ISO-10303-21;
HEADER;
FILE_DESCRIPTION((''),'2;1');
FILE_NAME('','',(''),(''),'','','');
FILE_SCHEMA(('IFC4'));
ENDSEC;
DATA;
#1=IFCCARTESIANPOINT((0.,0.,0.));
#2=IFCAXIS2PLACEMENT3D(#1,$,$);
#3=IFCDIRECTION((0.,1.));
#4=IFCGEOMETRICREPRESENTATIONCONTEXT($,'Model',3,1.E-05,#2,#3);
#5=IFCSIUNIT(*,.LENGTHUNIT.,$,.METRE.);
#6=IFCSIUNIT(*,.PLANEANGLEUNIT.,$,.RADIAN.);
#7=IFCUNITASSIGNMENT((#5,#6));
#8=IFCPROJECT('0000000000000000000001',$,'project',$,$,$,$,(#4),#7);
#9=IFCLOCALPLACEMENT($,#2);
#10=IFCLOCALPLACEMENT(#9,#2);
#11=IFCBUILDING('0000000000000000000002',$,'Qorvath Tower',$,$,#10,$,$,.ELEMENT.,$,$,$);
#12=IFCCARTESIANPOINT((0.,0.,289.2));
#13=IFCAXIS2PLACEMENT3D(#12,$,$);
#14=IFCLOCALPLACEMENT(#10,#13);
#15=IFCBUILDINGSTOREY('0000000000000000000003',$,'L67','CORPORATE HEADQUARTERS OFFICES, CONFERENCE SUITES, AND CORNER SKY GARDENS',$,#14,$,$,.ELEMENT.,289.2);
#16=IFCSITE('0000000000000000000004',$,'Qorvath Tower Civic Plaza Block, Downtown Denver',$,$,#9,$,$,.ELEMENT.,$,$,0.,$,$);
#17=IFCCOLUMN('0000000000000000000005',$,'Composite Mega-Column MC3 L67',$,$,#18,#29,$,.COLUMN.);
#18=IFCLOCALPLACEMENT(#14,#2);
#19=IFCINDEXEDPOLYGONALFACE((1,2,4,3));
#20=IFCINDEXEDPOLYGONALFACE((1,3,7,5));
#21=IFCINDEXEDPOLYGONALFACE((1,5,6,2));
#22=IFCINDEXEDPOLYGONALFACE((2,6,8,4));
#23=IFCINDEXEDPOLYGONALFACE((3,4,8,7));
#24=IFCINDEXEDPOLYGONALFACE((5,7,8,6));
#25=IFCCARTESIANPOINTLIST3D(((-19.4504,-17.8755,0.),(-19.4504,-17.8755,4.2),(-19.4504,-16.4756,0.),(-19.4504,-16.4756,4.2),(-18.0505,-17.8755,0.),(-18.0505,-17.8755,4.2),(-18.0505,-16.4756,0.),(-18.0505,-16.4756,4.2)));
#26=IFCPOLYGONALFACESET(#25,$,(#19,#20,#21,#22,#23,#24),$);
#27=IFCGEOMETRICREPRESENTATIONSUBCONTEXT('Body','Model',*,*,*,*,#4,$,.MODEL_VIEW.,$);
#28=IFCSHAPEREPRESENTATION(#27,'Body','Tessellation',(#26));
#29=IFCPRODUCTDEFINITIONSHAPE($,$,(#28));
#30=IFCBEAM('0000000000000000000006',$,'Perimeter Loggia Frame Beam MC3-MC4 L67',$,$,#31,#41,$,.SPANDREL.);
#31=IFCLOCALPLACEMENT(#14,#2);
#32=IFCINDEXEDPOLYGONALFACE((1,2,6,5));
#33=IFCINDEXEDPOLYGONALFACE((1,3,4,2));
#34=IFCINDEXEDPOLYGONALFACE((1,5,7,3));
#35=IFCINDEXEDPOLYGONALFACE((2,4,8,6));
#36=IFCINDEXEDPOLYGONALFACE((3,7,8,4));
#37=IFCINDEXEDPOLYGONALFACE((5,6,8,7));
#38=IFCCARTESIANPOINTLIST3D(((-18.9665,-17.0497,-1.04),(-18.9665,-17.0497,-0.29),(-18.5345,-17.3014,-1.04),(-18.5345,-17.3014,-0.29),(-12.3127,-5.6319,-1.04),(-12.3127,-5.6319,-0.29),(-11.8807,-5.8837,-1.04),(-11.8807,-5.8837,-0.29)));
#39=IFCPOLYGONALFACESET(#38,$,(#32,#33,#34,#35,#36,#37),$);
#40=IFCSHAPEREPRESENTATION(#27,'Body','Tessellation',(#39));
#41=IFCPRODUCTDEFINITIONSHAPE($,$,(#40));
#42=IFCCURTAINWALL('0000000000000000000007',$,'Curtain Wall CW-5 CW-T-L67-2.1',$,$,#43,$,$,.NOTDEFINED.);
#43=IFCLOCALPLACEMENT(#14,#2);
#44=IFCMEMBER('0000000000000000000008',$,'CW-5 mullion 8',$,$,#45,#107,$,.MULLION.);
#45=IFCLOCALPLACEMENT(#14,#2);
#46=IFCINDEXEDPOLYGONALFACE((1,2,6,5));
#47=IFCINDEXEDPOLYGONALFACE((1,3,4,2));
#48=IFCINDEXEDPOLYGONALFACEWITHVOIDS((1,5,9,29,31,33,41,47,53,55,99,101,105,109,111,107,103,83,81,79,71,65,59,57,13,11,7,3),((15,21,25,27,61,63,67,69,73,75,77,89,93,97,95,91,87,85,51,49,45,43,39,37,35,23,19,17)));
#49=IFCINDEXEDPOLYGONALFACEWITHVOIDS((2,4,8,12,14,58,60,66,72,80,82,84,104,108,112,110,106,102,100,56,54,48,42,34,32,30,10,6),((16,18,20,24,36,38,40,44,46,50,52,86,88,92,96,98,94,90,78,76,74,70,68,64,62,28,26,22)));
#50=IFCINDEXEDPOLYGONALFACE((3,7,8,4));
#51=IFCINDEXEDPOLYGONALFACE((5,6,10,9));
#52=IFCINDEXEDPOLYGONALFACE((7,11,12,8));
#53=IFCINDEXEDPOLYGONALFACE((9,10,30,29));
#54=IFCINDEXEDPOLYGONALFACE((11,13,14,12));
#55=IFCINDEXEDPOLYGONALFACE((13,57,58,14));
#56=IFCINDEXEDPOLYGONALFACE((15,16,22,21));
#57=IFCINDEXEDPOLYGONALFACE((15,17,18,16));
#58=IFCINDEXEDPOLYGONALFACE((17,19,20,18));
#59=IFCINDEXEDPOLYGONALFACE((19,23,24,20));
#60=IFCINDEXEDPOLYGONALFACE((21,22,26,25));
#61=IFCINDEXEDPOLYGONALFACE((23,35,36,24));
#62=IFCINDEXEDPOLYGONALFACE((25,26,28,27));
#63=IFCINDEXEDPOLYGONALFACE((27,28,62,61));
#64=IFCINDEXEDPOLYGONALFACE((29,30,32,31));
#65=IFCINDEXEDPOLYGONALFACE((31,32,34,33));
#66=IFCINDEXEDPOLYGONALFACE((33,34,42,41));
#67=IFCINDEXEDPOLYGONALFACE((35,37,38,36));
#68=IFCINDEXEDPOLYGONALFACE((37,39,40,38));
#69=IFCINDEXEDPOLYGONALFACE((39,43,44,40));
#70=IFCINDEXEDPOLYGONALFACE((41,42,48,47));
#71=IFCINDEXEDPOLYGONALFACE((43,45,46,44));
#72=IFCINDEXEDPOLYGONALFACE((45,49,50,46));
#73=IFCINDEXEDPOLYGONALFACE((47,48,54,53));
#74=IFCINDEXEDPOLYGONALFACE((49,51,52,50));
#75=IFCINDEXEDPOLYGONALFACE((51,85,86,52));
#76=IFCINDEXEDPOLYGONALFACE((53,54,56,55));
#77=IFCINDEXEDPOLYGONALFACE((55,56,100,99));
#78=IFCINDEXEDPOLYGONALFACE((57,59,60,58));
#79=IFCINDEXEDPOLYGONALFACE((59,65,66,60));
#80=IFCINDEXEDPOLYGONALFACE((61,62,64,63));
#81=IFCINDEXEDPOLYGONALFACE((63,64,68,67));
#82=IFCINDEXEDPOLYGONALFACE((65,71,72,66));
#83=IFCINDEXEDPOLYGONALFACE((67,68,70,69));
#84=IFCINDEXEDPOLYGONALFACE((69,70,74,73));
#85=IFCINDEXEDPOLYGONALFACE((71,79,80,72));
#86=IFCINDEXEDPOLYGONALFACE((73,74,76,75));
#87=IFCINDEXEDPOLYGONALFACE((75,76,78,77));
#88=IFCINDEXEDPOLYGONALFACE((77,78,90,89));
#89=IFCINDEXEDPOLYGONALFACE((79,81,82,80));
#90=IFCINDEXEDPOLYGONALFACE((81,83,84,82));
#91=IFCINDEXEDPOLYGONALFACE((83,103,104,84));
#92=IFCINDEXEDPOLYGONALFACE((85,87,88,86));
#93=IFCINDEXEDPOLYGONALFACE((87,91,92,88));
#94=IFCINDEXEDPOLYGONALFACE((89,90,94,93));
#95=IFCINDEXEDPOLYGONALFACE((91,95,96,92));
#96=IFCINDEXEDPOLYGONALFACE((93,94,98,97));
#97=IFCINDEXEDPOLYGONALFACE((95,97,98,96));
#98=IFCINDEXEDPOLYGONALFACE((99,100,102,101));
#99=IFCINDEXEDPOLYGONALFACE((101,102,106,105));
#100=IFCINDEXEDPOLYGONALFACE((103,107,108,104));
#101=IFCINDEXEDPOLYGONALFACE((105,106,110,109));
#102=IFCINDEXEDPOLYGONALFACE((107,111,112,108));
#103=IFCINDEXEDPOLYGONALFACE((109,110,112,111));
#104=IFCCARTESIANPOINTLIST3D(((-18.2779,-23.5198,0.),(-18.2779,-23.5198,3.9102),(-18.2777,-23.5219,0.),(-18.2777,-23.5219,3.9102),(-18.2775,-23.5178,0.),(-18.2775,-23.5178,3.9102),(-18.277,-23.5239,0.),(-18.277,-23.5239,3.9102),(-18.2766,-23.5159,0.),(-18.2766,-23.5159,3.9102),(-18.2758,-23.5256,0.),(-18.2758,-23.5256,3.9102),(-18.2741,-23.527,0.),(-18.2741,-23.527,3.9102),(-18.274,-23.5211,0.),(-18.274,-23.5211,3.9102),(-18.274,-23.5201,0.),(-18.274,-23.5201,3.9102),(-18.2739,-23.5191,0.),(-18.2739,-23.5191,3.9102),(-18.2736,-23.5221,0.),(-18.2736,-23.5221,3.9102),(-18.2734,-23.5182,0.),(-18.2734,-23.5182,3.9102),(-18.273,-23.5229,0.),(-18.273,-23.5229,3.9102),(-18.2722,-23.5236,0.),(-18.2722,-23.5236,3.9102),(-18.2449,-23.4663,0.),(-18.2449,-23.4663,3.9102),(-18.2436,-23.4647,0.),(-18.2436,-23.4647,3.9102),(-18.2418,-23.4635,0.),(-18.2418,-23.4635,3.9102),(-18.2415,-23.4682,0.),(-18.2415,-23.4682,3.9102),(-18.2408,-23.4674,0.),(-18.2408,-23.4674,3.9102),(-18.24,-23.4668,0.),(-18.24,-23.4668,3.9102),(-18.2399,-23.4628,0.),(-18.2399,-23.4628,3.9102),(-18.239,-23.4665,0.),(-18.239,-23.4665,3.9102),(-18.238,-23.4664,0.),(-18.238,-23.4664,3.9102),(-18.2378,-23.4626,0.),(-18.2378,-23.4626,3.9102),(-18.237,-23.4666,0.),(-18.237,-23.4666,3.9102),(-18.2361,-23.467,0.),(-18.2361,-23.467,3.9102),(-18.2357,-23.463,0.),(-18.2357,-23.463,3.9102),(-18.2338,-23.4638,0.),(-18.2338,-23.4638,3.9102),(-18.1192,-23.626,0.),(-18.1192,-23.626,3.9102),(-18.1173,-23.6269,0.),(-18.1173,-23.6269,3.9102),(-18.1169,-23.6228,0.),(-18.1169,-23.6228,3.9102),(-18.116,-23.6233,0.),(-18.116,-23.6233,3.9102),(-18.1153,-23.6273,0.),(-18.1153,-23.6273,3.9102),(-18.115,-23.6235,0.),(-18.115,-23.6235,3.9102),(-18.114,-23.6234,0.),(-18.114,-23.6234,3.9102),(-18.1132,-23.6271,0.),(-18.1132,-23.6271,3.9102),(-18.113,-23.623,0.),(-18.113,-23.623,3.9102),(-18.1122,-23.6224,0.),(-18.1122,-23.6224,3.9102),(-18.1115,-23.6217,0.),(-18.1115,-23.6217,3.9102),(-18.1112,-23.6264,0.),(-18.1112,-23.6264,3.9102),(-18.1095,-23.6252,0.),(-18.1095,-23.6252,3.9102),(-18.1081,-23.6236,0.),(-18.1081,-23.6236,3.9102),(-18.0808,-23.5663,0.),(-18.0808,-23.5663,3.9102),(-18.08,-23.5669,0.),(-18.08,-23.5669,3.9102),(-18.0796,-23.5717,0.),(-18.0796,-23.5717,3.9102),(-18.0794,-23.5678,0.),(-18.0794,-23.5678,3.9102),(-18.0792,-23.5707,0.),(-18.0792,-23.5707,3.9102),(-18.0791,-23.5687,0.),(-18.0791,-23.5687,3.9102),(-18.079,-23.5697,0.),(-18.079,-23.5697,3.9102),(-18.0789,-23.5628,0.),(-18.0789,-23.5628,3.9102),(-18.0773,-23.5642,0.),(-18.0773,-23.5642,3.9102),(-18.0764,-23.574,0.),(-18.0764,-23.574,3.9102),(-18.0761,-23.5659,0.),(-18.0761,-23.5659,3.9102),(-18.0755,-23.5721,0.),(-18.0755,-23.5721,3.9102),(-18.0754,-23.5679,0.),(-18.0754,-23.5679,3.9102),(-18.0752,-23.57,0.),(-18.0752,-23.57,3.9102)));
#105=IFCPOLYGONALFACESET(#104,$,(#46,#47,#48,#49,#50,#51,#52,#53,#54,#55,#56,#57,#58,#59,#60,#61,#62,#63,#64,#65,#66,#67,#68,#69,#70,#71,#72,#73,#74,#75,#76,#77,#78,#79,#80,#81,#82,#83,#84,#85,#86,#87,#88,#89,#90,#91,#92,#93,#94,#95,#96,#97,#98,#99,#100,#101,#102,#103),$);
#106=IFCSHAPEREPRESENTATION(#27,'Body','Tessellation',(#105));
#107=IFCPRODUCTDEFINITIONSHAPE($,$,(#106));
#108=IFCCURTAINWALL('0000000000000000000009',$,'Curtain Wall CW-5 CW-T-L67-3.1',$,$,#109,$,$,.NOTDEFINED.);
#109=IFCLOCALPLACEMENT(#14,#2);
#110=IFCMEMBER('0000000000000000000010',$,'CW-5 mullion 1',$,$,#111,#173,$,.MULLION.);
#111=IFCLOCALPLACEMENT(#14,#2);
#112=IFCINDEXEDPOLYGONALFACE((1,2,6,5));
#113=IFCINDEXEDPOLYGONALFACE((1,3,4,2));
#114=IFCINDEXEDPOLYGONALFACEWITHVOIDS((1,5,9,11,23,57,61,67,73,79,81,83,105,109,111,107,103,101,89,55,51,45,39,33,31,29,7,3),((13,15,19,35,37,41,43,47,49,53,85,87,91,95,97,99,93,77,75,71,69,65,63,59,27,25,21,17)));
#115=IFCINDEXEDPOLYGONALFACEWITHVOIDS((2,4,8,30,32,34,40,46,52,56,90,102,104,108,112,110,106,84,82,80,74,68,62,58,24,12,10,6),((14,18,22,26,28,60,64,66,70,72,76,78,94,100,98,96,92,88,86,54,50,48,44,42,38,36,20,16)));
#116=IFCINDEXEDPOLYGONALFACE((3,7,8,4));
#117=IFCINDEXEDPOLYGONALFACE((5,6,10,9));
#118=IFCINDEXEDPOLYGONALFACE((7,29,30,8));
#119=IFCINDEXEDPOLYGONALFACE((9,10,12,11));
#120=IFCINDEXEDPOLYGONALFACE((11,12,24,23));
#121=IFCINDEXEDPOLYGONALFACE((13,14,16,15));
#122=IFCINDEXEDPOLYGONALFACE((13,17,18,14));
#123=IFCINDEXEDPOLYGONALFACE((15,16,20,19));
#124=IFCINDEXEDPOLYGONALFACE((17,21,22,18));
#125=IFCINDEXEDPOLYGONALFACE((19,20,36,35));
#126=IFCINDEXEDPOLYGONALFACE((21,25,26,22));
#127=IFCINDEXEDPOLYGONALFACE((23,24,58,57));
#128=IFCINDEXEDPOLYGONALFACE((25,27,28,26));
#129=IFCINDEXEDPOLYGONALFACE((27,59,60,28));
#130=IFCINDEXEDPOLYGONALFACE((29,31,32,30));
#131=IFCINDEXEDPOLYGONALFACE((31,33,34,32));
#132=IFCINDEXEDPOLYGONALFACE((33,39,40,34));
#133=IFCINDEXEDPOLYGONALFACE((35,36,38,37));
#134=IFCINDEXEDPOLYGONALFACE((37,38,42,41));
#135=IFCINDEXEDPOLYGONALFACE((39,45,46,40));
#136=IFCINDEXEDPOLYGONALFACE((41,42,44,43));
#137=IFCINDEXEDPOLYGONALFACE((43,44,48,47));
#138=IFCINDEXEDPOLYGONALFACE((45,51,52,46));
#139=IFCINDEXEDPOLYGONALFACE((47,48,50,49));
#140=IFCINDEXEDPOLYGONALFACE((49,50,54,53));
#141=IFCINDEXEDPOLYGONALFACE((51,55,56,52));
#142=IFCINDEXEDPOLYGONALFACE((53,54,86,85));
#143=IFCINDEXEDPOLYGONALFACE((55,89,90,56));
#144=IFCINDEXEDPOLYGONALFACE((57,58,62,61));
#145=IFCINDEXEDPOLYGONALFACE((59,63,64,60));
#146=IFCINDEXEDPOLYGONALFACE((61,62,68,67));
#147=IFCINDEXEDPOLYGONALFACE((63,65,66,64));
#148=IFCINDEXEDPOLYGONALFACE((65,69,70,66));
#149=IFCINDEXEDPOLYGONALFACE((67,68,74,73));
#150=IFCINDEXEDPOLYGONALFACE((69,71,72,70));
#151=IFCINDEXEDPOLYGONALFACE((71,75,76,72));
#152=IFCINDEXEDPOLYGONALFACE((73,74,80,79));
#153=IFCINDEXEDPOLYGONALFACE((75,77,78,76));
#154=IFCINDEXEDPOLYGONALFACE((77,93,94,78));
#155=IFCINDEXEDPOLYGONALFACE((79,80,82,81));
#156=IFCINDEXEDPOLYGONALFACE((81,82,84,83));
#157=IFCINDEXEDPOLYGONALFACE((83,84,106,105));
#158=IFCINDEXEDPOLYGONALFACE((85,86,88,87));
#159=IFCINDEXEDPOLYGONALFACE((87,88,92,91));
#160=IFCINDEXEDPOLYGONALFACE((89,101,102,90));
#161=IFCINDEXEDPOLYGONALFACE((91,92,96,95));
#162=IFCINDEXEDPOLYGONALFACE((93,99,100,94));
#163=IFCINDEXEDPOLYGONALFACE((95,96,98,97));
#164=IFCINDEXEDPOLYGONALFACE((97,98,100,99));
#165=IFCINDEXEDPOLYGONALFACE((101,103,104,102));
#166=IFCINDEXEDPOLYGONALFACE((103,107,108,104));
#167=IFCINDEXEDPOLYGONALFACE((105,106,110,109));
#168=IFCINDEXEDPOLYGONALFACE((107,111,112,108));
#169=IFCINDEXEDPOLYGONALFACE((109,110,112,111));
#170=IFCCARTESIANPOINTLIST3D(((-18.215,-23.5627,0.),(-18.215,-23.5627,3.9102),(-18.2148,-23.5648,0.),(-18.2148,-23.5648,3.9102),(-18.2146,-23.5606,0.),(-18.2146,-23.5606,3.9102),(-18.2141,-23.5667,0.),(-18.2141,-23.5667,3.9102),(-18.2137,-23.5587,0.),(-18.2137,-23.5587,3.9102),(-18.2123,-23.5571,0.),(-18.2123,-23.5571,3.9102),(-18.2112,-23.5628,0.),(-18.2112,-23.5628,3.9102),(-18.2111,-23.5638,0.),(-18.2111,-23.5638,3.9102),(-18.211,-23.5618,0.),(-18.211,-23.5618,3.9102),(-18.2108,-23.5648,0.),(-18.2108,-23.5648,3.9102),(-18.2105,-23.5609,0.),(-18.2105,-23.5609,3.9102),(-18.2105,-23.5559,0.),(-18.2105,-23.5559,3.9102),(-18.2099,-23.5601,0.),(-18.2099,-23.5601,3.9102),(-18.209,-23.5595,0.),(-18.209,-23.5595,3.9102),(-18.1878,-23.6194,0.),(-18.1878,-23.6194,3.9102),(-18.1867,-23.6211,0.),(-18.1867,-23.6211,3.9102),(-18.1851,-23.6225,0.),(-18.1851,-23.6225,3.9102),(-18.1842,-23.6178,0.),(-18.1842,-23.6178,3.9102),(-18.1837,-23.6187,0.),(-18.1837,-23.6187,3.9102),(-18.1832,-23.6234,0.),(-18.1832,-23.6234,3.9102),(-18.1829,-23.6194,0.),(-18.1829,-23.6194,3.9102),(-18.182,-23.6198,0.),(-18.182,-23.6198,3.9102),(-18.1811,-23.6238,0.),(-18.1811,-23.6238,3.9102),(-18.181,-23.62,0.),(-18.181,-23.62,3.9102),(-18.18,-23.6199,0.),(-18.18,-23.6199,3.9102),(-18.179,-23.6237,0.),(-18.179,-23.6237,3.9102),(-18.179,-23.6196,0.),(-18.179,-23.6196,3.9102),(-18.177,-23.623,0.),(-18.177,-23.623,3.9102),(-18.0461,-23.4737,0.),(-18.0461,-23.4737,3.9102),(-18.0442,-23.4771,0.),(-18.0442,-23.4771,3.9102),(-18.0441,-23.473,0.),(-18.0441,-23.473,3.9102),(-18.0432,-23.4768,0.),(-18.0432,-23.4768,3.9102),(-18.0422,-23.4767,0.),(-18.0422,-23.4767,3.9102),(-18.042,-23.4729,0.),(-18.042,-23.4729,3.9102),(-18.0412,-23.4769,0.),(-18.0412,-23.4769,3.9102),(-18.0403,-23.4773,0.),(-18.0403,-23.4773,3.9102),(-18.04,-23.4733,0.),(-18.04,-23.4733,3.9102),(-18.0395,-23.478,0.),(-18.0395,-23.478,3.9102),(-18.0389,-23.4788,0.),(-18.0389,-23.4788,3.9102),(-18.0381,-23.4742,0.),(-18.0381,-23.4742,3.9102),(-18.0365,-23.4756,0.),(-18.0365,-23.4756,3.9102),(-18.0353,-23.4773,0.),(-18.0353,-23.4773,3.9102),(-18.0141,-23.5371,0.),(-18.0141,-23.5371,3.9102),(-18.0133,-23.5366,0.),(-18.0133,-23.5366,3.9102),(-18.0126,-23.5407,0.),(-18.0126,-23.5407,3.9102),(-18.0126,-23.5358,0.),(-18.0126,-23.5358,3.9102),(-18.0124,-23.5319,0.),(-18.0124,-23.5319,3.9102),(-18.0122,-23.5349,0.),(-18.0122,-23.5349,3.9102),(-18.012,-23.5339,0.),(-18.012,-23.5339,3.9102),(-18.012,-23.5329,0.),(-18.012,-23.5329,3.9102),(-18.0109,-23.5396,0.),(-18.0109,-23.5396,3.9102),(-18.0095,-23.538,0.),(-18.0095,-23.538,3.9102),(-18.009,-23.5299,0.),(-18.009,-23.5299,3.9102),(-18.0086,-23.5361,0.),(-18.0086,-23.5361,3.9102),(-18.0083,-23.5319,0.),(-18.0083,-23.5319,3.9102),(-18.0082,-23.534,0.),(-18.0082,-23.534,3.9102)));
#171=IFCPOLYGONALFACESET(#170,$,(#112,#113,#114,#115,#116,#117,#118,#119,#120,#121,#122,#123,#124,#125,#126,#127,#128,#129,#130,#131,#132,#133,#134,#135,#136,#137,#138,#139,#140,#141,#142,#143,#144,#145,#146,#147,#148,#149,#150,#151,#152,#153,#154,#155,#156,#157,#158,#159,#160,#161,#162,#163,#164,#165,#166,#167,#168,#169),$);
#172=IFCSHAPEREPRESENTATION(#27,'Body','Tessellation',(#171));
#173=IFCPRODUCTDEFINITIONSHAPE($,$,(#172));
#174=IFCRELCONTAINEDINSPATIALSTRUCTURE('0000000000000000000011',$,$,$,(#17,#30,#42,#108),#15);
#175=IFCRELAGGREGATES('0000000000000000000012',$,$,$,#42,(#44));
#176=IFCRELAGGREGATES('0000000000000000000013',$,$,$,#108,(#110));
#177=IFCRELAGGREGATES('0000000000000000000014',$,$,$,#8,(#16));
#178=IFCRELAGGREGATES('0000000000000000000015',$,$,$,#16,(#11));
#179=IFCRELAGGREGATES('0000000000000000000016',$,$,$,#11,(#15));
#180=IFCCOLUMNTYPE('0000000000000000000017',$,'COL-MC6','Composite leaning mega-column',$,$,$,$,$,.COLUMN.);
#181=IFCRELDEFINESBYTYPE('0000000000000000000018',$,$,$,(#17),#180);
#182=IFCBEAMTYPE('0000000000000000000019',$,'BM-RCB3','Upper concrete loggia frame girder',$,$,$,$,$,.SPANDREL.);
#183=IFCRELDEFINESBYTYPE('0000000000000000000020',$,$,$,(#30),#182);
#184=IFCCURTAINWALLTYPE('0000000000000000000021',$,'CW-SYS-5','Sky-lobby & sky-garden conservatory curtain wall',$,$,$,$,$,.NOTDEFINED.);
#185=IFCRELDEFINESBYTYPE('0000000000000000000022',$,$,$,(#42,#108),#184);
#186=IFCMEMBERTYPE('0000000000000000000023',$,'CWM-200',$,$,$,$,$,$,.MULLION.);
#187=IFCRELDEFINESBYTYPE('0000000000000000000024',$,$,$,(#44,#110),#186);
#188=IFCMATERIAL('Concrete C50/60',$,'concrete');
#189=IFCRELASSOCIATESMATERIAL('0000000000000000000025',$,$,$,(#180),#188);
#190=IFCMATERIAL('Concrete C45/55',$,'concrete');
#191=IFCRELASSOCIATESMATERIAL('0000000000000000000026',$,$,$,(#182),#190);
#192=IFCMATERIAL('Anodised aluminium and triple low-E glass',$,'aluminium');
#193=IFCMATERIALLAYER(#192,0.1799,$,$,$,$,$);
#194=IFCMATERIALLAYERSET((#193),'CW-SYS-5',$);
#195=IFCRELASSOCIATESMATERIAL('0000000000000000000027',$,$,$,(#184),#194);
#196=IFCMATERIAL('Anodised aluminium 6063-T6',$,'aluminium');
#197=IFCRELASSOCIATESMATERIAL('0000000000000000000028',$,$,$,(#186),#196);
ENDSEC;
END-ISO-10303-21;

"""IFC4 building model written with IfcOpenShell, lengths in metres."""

from ifc_helpers import new_model, si_unit, direction, frame, origin, origin_2d, place, context, subcontext, project, spatial, rectangle, hollow_rectangle, extrude, material, layer, layer_set, material_profile, profile_set, type_object, element, aggregate, save


model = new_model("IFC4")

# Units and contexts
model_context = context("Model", 3, precision=1e-05, world=origin(), true_north=direction((0.0, 1.0)))
body_context = subcontext(model_context, "Body", "Model", "MODEL_VIEW")
ifc_project = project(units=[si_unit("LENGTHUNIT", "METRE"), si_unit("PLANEANGLEUNIT", "RADIAN")], contexts=[model_context])

# Site, building, storey
site_placement = place(None, origin())
site = spatial("IfcSite", under=ifc_project, at=site_placement, Name="Qorvath Tower Civic Plaza Block, Downtown Denver", CompositionType="ELEMENT", RefElevation=0.0)
building_placement = place(site_placement, origin())
building = spatial("IfcBuilding", under=site, at=building_placement, Name="Qorvath Tower", CompositionType="ELEMENT")
storey_placement = place(building_placement, frame((0.0, 0.0, 289.2)))
storey = spatial("IfcBuildingStorey", under=building, at=storey_placement, Name="L67", Description="CORPORATE HEADQUARTERS OFFICES, CONFERENCE SUITES, AND CORNER SKY GARDENS", CompositionType="ELEMENT", Elevation=289.2)

# Column
ifc_material_1 = material(Name="Concrete C50/60", Category="concrete")
ifc_material_profile_1 = material_profile(ifc_material_1, rectangle(XDim=1.3999, YDim=1.3999, at=origin_2d()), Name="MC 1400x1400")
ifc_profile_set_1 = profile_set([ifc_material_profile_1], Name="Concrete C50/60")
column_type = type_object("IfcColumnType", Name="COL-MC6", Description="Composite leaning mega-column", PredefinedType="COLUMN", material=ifc_profile_set_1)
column_placement = place(storey_placement, frame((-18.7505, -17.1755, 0.0), z_axis=(0.0, 0.0, 1.0), x_axis=(1.0, 0.0, 0.0)))
element("IfcColumn", 1, at=column_placement, inside=storey, type_object=column_type, Name="Composite Mega-Column MC3 L67", PredefinedType="COLUMN", context=body_context, shape_type="SweptSolid", body=[
    extrude(rectangle(XDim=1.3999, YDim=1.3999, at=origin_2d()), origin(), (0.0, 0.0, 1.0), 4.2),
])

# Beam
ifc_material_2 = material(Name="Concrete C45/55", Category="concrete")
ifc_material_profile_2 = material_profile(ifc_material_2, rectangle(XDim=0.5, YDim=0.75, at=origin_2d()), Name="RCB 750x500")
ifc_profile_set_2 = profile_set([ifc_material_profile_2], Name="Concrete C45/55")
beam_type = type_object("IfcBeamType", Name="BM-RCB3", Description="Upper concrete loggia frame girder", PredefinedType="SPANDREL", material=ifc_profile_set_2)
beam_placement = place(storey_placement, frame((-18.7505, -17.1755, -0.665), z_axis=(0.503502, 0.863994, 0.0), x_axis=(-0.863994, 0.503502, 0.0)))
element("IfcBeam", 2, at=beam_placement, inside=storey, type_object=beam_type, Name="Perimeter Loggia Frame Beam MC3-MC4 L67", PredefinedType="SPANDREL", context=body_context, shape_type="SweptSolid", body=[
    extrude(rectangle(XDim=0.5, YDim=0.75, at=origin_2d()), origin(), (0.0, 0.0, 1.0), 13.2151),
])

# Curtain wall, member
ifc_material_3 = material(Name="Anodised aluminium and triple low-E glass", Category="aluminium")
ifc_layer_1 = layer(ifc_material_3, 0.1799)
ifc_layer_set_1 = layer_set([ifc_layer_1], Name="CW-SYS-5")
curtain_wall_type = type_object("IfcCurtainWallType", Name="CW-SYS-5", Description="Sky-lobby & sky-garden conservatory curtain wall", PredefinedType="NOTDEFINED", material=ifc_layer_set_1)
curtain_wall_1_placement = place(storey_placement, origin())
curtain_wall_1 = element("IfcCurtainWall", 3, at=curtain_wall_1_placement, inside=storey, type_object=curtain_wall_type, Name="Curtain Wall CW-5 CW-T-L67-2.1", PredefinedType="NOTDEFINED")
ifc_material_4 = material(Name="Anodised aluminium 6063-T6", Category="aluminium")
ifc_material_profile_3 = material_profile(ifc_material_4, hollow_rectangle(XDim=0.075, YDim=0.2, WallThickness=0.0039, InnerFilletRadius=0.0039, OuterFilletRadius=0.0081, at=origin_2d()), Name="CWM 200x75")
ifc_profile_set_3 = profile_set([ifc_material_profile_3], Name="Anodised aluminium 6063-T6")
member_type_1 = type_object("IfcMemberType", Name="CWM-200", PredefinedType="MULLION", material=ifc_profile_set_3)
member_1_placement = place(storey_placement, frame((-18.1765, -23.5449, 0.0), z_axis=(0.0, 0.0, 1.0), x_axis=(0.538537, 0.842602, 0.0)))
member_1 = element("IfcMember", 4, at=member_1_placement, type_object=member_type_1, Name="CW-5 mullion 8", PredefinedType="MULLION", context=body_context, shape_type="SweptSolid", body=[
    extrude(hollow_rectangle(XDim=0.075, YDim=0.2, WallThickness=0.0039, InnerFilletRadius=0.0039, OuterFilletRadius=0.0081, at=origin_2d()), origin(), (0.0, 0.0, 1.0), 3.9102),
])
aggregate(curtain_wall_1, [member_1])

# Curtain wall, member
curtain_wall_2_placement = place(storey_placement, origin())
curtain_wall_2 = element("IfcCurtainWall", 5, at=curtain_wall_2_placement, inside=storey, type_object=curtain_wall_type, Name="Curtain Wall CW-5 CW-T-L67-3.1", PredefinedType="NOTDEFINED")
member_2_placement = place(storey_placement, frame((-18.1116, -23.5483, 0.0), z_axis=(0.0, 0.0, 1.0), x_axis=(-0.447256, 0.894406, 0.0)))
member_2 = element("IfcMember", 6, at=member_2_placement, type_object=member_type_1, Name="CW-5 mullion 1", PredefinedType="MULLION", context=body_context, shape_type="SweptSolid", body=[
    extrude(hollow_rectangle(XDim=0.075, YDim=0.2, WallThickness=0.0039, InnerFilletRadius=0.0039, OuterFilletRadius=0.0081, at=origin_2d()), origin(), (0.0, 0.0, 1.0), 3.9102),
])

aggregate(curtain_wall_2, [member_2])

save(model, "model.ifc")
